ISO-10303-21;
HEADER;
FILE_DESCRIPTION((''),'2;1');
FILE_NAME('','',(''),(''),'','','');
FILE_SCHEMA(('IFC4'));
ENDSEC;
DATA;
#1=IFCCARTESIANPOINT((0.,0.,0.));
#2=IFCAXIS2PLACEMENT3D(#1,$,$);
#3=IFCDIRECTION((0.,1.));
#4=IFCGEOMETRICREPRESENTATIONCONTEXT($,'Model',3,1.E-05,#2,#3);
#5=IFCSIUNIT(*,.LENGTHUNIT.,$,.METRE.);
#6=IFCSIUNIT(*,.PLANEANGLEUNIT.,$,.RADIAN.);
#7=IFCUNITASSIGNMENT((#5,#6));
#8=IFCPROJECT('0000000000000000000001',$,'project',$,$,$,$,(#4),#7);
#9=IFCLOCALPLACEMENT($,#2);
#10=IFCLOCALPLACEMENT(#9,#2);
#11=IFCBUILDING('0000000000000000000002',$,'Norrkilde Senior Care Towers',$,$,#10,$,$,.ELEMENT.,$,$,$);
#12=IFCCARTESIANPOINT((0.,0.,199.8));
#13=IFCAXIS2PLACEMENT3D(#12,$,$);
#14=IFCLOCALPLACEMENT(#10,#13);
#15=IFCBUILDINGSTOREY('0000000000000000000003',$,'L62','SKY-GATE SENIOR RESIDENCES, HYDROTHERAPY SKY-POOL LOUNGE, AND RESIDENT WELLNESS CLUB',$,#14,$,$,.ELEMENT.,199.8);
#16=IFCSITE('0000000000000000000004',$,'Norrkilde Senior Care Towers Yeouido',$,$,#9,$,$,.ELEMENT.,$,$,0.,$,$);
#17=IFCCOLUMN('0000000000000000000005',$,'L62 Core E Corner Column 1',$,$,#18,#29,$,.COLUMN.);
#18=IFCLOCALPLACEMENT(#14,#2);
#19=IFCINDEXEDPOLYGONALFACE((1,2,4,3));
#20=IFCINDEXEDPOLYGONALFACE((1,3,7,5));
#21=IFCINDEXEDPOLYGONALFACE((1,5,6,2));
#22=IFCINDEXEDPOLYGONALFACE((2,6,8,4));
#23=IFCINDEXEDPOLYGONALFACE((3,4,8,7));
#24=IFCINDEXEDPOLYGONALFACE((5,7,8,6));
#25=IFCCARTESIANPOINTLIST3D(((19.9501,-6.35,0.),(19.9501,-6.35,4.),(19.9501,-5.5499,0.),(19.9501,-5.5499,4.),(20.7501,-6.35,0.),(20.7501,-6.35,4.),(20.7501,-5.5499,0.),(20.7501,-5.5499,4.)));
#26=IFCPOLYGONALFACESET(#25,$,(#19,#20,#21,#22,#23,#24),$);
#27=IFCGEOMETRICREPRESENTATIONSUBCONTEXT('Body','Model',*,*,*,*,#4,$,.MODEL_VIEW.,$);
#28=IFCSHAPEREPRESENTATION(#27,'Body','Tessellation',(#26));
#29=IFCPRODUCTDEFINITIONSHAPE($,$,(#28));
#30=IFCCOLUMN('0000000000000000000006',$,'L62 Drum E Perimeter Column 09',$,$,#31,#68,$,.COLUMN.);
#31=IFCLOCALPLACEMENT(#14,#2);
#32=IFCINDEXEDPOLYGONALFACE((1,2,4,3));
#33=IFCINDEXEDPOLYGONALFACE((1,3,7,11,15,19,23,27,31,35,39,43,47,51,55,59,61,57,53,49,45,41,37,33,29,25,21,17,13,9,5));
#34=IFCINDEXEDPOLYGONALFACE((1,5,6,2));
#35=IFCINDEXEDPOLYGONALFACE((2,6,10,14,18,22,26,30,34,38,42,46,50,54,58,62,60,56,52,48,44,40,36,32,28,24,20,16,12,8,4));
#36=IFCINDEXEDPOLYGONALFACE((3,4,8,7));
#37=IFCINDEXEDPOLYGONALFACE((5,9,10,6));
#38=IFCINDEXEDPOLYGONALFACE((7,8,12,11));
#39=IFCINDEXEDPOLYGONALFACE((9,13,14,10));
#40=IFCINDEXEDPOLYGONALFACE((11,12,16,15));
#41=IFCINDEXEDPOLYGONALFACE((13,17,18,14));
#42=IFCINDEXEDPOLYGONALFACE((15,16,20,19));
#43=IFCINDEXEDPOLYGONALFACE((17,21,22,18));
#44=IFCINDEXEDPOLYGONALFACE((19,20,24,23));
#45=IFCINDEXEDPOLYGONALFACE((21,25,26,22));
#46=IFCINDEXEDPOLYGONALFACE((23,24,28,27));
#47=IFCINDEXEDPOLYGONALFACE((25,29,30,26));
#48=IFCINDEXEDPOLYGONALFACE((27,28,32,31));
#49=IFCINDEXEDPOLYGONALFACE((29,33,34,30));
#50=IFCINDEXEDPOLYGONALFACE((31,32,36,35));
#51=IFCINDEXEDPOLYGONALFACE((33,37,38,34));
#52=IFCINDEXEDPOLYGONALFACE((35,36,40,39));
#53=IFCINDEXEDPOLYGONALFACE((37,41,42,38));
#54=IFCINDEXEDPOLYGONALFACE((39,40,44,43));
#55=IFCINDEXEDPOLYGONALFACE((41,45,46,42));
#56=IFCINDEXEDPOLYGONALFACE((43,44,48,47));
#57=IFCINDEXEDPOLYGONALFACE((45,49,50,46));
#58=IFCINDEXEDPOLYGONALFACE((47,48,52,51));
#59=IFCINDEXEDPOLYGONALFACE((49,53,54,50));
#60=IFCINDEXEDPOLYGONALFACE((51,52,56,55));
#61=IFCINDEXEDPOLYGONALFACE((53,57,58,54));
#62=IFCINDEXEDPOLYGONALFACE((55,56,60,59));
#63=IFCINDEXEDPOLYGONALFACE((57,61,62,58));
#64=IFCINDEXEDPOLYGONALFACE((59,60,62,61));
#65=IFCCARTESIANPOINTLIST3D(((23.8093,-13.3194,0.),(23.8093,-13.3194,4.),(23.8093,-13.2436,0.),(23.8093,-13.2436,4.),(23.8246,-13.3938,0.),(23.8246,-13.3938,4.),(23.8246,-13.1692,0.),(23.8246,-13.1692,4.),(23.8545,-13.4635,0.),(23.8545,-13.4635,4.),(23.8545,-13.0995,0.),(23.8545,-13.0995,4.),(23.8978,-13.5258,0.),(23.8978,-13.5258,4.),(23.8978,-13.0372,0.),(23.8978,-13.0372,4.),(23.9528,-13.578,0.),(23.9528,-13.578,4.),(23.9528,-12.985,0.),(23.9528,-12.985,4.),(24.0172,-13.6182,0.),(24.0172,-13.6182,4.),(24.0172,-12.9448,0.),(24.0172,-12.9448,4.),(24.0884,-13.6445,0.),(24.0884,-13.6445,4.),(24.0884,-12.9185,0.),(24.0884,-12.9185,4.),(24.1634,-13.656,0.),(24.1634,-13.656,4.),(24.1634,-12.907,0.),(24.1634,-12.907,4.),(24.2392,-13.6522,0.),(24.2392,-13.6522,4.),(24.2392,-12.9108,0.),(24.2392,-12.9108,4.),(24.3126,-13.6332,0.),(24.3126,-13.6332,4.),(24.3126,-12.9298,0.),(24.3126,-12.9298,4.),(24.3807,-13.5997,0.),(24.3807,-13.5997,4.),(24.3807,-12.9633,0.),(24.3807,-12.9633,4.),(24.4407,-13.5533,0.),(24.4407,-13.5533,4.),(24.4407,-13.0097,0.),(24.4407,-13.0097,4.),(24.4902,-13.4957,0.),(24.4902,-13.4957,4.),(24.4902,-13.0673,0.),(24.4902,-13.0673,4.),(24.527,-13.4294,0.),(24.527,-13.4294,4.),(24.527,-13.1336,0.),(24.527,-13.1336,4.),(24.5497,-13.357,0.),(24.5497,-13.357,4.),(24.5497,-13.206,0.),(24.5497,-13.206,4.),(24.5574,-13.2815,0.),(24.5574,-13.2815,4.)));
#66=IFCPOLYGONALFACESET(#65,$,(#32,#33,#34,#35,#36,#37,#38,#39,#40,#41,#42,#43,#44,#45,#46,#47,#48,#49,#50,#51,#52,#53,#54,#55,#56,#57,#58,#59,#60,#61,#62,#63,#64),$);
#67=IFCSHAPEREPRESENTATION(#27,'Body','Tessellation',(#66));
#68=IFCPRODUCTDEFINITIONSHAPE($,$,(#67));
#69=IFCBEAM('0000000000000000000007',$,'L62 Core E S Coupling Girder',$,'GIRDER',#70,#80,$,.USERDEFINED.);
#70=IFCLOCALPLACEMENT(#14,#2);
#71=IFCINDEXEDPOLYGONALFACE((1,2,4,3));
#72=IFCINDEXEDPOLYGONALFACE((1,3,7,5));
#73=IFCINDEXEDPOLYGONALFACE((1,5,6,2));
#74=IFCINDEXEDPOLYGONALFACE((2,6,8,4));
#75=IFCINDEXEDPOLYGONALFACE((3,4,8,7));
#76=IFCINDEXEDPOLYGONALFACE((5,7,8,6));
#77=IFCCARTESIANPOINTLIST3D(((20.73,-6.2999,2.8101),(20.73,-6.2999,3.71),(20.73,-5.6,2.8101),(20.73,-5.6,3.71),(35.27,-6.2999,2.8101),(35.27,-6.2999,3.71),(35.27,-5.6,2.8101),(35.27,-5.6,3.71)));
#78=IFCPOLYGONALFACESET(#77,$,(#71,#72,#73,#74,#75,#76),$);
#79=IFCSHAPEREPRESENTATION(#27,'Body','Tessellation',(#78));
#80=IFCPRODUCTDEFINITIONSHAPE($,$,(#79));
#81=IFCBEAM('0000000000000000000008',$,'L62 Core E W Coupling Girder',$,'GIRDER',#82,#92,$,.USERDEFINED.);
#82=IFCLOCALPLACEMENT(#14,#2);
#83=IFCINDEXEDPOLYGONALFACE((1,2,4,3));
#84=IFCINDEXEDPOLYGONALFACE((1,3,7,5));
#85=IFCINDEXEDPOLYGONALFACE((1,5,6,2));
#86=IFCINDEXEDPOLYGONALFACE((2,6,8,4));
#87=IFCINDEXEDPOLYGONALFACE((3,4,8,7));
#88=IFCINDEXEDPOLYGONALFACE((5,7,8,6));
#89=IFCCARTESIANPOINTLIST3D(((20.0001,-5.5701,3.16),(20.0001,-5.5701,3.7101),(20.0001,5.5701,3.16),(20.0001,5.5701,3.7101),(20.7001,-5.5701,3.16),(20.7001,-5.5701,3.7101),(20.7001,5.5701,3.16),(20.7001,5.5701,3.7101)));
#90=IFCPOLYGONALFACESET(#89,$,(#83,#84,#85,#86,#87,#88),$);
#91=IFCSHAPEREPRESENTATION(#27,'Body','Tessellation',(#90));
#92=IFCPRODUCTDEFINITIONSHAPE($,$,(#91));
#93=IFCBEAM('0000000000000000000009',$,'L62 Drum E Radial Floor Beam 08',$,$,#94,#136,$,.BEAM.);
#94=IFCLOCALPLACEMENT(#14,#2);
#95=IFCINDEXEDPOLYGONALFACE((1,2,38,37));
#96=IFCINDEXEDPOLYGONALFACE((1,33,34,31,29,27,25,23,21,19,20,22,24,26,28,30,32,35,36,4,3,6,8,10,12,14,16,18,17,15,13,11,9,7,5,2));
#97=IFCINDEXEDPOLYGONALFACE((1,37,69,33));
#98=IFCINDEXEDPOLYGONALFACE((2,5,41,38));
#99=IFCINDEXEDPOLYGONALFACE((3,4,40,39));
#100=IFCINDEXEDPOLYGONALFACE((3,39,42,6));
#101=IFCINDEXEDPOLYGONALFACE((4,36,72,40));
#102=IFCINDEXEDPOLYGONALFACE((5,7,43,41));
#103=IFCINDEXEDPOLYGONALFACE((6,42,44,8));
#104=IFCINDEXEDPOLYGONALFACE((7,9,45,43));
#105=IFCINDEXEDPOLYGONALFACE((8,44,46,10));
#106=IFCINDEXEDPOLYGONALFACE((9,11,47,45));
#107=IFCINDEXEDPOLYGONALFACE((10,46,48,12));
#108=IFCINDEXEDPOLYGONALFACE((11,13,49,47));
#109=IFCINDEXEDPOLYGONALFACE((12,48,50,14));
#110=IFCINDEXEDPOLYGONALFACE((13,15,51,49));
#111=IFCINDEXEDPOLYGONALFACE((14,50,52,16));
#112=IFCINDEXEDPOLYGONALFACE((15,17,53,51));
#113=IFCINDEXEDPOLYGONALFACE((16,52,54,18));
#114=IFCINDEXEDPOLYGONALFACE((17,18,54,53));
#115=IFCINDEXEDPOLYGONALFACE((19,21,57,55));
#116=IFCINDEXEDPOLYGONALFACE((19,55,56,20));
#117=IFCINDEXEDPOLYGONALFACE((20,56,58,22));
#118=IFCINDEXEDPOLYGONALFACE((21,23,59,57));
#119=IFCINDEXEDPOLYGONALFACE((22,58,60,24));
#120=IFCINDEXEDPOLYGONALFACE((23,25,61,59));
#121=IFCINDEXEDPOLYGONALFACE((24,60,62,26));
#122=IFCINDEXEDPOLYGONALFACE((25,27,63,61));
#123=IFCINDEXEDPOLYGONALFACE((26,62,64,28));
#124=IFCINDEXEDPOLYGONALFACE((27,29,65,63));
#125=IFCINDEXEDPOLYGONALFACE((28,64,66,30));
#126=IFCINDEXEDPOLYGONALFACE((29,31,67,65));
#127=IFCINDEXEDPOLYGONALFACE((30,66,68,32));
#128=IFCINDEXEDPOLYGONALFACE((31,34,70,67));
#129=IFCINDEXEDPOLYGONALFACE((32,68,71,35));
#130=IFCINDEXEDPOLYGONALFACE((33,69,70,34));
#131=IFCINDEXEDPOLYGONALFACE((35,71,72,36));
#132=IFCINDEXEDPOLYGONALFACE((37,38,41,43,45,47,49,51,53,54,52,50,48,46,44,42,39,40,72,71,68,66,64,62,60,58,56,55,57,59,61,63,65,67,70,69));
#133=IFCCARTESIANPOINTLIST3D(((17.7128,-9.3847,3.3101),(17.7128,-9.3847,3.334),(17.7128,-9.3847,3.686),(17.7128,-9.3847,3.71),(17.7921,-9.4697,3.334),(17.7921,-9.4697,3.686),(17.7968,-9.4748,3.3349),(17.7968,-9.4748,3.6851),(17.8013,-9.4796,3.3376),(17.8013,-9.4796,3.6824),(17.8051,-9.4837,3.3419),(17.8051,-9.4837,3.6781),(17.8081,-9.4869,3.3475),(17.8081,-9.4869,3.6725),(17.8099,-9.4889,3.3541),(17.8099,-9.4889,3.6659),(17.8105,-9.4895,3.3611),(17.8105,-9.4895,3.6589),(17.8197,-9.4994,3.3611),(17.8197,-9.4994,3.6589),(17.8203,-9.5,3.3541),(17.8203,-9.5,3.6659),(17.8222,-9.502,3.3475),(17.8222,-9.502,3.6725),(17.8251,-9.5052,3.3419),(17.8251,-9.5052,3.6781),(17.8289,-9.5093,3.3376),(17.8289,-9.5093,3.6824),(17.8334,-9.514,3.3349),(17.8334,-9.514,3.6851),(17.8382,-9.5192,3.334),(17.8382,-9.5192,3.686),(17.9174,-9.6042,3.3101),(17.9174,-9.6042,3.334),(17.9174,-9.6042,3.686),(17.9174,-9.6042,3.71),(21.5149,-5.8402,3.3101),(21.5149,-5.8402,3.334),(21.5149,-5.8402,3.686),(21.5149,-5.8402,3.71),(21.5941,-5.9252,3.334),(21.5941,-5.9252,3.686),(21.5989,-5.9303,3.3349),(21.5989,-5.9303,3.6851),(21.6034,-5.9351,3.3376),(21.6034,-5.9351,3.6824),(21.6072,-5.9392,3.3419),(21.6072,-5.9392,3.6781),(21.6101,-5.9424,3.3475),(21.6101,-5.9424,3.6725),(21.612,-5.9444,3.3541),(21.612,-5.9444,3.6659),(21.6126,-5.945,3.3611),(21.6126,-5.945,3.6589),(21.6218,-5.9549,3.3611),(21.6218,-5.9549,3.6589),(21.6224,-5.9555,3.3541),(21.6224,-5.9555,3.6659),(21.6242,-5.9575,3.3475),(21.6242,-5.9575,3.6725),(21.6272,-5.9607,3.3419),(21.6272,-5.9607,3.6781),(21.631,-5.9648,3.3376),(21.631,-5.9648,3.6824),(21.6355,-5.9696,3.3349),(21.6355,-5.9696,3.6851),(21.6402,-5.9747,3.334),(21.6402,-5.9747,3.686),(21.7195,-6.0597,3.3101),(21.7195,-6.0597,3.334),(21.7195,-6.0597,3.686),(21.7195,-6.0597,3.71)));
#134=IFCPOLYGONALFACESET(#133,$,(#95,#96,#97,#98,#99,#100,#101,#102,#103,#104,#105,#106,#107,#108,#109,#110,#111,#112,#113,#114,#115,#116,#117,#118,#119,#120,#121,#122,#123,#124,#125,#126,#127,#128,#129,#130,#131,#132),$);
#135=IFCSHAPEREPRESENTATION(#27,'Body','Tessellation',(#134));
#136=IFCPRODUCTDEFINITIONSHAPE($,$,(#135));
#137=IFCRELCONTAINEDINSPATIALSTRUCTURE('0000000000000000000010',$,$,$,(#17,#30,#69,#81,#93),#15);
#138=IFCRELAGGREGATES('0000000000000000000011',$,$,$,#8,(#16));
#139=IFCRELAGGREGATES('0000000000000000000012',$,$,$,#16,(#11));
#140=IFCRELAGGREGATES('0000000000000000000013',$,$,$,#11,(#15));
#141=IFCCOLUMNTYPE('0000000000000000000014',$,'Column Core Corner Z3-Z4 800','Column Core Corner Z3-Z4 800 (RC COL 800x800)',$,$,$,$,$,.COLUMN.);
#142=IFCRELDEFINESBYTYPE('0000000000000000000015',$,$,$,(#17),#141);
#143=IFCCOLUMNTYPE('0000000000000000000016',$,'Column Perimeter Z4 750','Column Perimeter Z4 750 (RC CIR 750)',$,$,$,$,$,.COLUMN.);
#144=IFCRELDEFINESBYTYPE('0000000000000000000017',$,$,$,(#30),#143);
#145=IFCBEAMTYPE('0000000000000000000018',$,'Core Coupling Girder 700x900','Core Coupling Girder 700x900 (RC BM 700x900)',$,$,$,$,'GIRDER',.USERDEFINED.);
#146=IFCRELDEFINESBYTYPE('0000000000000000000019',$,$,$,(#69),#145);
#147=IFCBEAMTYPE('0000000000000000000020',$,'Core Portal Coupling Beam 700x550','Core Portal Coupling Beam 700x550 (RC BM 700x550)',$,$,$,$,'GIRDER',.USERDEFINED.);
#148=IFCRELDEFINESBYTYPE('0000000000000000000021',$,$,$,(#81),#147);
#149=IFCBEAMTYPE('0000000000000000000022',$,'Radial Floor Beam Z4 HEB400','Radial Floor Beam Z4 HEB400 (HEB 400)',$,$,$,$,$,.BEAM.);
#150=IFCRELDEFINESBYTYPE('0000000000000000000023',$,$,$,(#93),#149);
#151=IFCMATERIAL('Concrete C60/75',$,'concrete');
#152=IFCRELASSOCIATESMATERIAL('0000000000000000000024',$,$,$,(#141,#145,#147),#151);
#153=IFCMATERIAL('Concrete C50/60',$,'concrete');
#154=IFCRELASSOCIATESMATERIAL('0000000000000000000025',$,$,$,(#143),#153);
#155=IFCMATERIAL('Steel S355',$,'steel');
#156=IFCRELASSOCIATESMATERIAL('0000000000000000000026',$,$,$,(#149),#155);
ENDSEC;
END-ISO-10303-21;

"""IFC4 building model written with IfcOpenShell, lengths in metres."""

from ifc_helpers import new_model, si_unit, direction, frame, origin, origin_2d, place, context, subcontext, project, spatial, rectangle, circle, i_section, extrude, source, transform, mapped, material, material_profile, profile_set, type_object, type_shapes, element, save


model = new_model("IFC4")

# Units and contexts
model_context = context("Model", 3, precision=1e-05, world=origin(), true_north=direction((0.0, 1.0)))
body_context = subcontext(model_context, "Body", "Model", "MODEL_VIEW")
ifc_project = project(units=[si_unit("LENGTHUNIT", "METRE"), si_unit("PLANEANGLEUNIT", "RADIAN")], contexts=[model_context])

# Site, building, storey
site_placement = place(None, origin())
site = spatial("IfcSite", under=ifc_project, at=site_placement, Name="Norrkilde Senior Care Towers Yeouido", CompositionType="ELEMENT", RefElevation=0.0)
building_placement = place(site_placement, origin())
building = spatial("IfcBuilding", under=site, at=building_placement, Name="Norrkilde Senior Care Towers", CompositionType="ELEMENT")
storey_placement = place(building_placement, frame((0.0, 0.0, 199.8)))
storey = spatial("IfcBuildingStorey", under=building, at=storey_placement, Name="L62", Description="SKY-GATE SENIOR RESIDENCES, HYDROTHERAPY SKY-POOL LOUNGE, AND RESIDENT WELLNESS CLUB", CompositionType="ELEMENT", Elevation=199.8)

# Columns
ifc_material_1 = material(Name="Concrete C60/75", Category="concrete")
ifc_material_profile_1 = material_profile(ifc_material_1, rectangle(XDim=0.8, YDim=0.8, at=origin_2d()), Name="RC COL 800x800")
ifc_profile_set_1 = profile_set([ifc_material_profile_1], Name="Concrete C60/75")
column_type_1 = type_object("IfcColumnType", Name="Column Core Corner Z3-Z4 800", Description="Column Core Corner Z3-Z4 800 (RC COL 800x800)", PredefinedType="COLUMN", material=ifc_profile_set_1)
shared_shape_1 = source(origin(), body_context, "Body", "SweptSolid", [
    extrude(rectangle(XDim=0.8, YDim=0.8, at=origin_2d()), origin(), (0.0, 0.0, 1.0), 4.0),
])
type_shapes(column_type_1, [shared_shape_1])
column_1_placement = place(storey_placement, frame((20.3501, -5.95, 0.0), z_axis=(0.0, 0.0, 1.0), x_axis=(1.0, 0.0, 0.0)))
element("IfcColumn", 1, at=column_1_placement, inside=storey, type_object=column_type_1, Name="L62 Core E Corner Column 1", PredefinedType="COLUMN", context=body_context, shape_type="MappedRepresentation", body=[
    mapped(shared_shape_1, transform((0.0, 0.0, 0.0), x_axis=(1.0, 0.0, 0.0), y_axis=(0.0, 1.0, 0.0), z_axis=(0.0, 0.0, 1.0), scale=1.0)),
])
ifc_material_2 = material(Name="Concrete C50/60", Category="concrete")
ifc_material_profile_2 = material_profile(ifc_material_2, circle(Radius=0.375, at=origin_2d()), Name="RC CIR 750")
ifc_profile_set_2 = profile_set([ifc_material_profile_2], Name="Concrete C50/60")
column_type_2 = type_object("IfcColumnType", Name="Column Perimeter Z4 750", Description="Column Perimeter Z4 750 (RC CIR 750)", PredefinedType="COLUMN", material=ifc_profile_set_2)
shared_shape_2 = source(origin(), body_context, "Body", "SweptSolid", [
    extrude(circle(Radius=0.375, at=origin_2d()), origin(), (0.0, 0.0, 1.0), 4.0),
])
type_shapes(column_type_2, [shared_shape_2])
column_2_placement = place(storey_placement, frame((24.1824, -13.2815, 0.0), z_axis=(0.0, 0.0, 1.0), x_axis=(1.0, 0.0, 0.0)))
element("IfcColumn", 2, at=column_2_placement, inside=storey, type_object=column_type_2, Name="L62 Drum E Perimeter Column 09", PredefinedType="COLUMN", context=body_context, shape_type="MappedRepresentation", body=[
    mapped(shared_shape_2, transform((0.0, 0.0, 0.0), x_axis=(1.0, 0.0, 0.0), y_axis=(0.0, 1.0, 0.0), z_axis=(0.0, 0.0, 1.0), scale=1.0)),
])

# Beams
ifc_material_profile_3 = material_profile(ifc_material_1, rectangle(XDim=0.7, YDim=0.8999, at=origin_2d()), Name="RC BM 700x900")
ifc_profile_set_3 = profile_set([ifc_material_profile_3], Name="Concrete C60/75")
beam_type_1 = type_object("IfcBeamType", Name="Core Coupling Girder 700x900", Description="Core Coupling Girder 700x900 (RC BM 700x900)", ElementType="GIRDER", PredefinedType="USERDEFINED", material=ifc_profile_set_3)
shared_shape_3 = source(origin(), body_context, "Body", "SweptSolid", [
    extrude(rectangle(XDim=0.7, YDim=0.8999, at=origin_2d()), origin(), (0.0, 0.0, 1.0), 14.54),
])
type_shapes(beam_type_1, [shared_shape_3])
beam_1_placement = place(storey_placement, frame((20.73, -5.95, 3.26), z_axis=(1.0, 0.0, 0.0), x_axis=(0.0, 1.0, 0.0)))
element("IfcBeam", 3, at=beam_1_placement, inside=storey, type_object=beam_type_1, Name="L62 Core E S Coupling Girder", ObjectType="GIRDER", PredefinedType="USERDEFINED", context=body_context, shape_type="MappedRepresentation", body=[
    mapped(shared_shape_3, transform((0.0, 0.0, 0.0), x_axis=(1.0, 0.0, 0.0), y_axis=(0.0, 1.0, 0.0), z_axis=(0.0, 0.0, 1.0), scale=1.0)),
])
ifc_material_profile_4 = material_profile(ifc_material_1, rectangle(XDim=0.7, YDim=0.55, at=origin_2d()), Name="RC BM 700x550")
ifc_profile_set_4 = profile_set([ifc_material_profile_4], Name="Concrete C60/75")
beam_type_2 = type_object("IfcBeamType", Name="Core Portal Coupling Beam 700x550", Description="Core Portal Coupling Beam 700x550 (RC BM 700x550)", ElementType="GIRDER", PredefinedType="USERDEFINED", material=ifc_profile_set_4)
shared_shape_4 = source(origin(), body_context, "Body", "SweptSolid", [
    extrude(rectangle(XDim=0.7, YDim=0.55, at=origin_2d()), origin(), (0.0, 0.0, 1.0), 11.1401),
])
type_shapes(beam_type_2, [shared_shape_4])
beam_2_placement = place(storey_placement, frame((20.3501, -5.5701, 3.4351), z_axis=(0.0, 1.0, 0.0), x_axis=(-1.0, 0.0, 0.0)))
element("IfcBeam", 4, at=beam_2_placement, inside=storey, type_object=beam_type_2, Name="L62 Core E W Coupling Girder", ObjectType="GIRDER", PredefinedType="USERDEFINED", context=body_context, shape_type="MappedRepresentation", body=[
    mapped(shared_shape_4, transform((0.0, 0.0, 0.0), x_axis=(1.0, 0.0, 0.0), y_axis=(0.0, 1.0, 0.0), z_axis=(0.0, 0.0, 1.0), scale=1.0)),
])
ifc_material_3 = material(Name="Steel S355", Category="steel")
ifc_material_profile_5 = material_profile(ifc_material_3, i_section(OverallWidth=0.3, OverallDepth=0.3999, WebThickness=0.0134, FlangeThickness=0.0239, FilletRadius=0.0271, at=origin_2d()), Name="HEB 400")
ifc_profile_set_5 = profile_set([ifc_material_profile_5], Name="Steel S355")
beam_type_3 = type_object("IfcBeamType", Name="Radial Floor Beam Z4 HEB400", Description="Radial Floor Beam Z4 HEB400 (HEB 400)", PredefinedType="BEAM", material=ifc_profile_set_5)
shared_shape_5 = source(origin(), body_context, "Body", "SweptSolid", [
    extrude(i_section(OverallWidth=0.3, OverallDepth=0.3999, WebThickness=0.0134, FlangeThickness=0.0239, FilletRadius=0.0271, at=origin_2d()), origin(), (0.0, 0.0, 1.0), 5.198),
])
beam_3_placement = place(storey_placement, frame((21.6172, -5.95, 3.51), z_axis=(-0.731449, -0.681896, 0.0), x_axis=(0.681896, -0.731449, 0.0)))
element("IfcBeam", 5, at=beam_3_placement, inside=storey, type_object=beam_type_3, Name="L62 Drum E Radial Floor Beam 08", PredefinedType="BEAM", context=body_context, shape_type="MappedRepresentation", body=[
    mapped(shared_shape_5, transform((0.0, 0.0, 0.0), x_axis=(1.0, 0.0, 0.0), y_axis=(0.0, 1.0, 0.0), z_axis=(0.0, 0.0, 1.0), scale=1.0)),
])

save(model, "model.ifc")
